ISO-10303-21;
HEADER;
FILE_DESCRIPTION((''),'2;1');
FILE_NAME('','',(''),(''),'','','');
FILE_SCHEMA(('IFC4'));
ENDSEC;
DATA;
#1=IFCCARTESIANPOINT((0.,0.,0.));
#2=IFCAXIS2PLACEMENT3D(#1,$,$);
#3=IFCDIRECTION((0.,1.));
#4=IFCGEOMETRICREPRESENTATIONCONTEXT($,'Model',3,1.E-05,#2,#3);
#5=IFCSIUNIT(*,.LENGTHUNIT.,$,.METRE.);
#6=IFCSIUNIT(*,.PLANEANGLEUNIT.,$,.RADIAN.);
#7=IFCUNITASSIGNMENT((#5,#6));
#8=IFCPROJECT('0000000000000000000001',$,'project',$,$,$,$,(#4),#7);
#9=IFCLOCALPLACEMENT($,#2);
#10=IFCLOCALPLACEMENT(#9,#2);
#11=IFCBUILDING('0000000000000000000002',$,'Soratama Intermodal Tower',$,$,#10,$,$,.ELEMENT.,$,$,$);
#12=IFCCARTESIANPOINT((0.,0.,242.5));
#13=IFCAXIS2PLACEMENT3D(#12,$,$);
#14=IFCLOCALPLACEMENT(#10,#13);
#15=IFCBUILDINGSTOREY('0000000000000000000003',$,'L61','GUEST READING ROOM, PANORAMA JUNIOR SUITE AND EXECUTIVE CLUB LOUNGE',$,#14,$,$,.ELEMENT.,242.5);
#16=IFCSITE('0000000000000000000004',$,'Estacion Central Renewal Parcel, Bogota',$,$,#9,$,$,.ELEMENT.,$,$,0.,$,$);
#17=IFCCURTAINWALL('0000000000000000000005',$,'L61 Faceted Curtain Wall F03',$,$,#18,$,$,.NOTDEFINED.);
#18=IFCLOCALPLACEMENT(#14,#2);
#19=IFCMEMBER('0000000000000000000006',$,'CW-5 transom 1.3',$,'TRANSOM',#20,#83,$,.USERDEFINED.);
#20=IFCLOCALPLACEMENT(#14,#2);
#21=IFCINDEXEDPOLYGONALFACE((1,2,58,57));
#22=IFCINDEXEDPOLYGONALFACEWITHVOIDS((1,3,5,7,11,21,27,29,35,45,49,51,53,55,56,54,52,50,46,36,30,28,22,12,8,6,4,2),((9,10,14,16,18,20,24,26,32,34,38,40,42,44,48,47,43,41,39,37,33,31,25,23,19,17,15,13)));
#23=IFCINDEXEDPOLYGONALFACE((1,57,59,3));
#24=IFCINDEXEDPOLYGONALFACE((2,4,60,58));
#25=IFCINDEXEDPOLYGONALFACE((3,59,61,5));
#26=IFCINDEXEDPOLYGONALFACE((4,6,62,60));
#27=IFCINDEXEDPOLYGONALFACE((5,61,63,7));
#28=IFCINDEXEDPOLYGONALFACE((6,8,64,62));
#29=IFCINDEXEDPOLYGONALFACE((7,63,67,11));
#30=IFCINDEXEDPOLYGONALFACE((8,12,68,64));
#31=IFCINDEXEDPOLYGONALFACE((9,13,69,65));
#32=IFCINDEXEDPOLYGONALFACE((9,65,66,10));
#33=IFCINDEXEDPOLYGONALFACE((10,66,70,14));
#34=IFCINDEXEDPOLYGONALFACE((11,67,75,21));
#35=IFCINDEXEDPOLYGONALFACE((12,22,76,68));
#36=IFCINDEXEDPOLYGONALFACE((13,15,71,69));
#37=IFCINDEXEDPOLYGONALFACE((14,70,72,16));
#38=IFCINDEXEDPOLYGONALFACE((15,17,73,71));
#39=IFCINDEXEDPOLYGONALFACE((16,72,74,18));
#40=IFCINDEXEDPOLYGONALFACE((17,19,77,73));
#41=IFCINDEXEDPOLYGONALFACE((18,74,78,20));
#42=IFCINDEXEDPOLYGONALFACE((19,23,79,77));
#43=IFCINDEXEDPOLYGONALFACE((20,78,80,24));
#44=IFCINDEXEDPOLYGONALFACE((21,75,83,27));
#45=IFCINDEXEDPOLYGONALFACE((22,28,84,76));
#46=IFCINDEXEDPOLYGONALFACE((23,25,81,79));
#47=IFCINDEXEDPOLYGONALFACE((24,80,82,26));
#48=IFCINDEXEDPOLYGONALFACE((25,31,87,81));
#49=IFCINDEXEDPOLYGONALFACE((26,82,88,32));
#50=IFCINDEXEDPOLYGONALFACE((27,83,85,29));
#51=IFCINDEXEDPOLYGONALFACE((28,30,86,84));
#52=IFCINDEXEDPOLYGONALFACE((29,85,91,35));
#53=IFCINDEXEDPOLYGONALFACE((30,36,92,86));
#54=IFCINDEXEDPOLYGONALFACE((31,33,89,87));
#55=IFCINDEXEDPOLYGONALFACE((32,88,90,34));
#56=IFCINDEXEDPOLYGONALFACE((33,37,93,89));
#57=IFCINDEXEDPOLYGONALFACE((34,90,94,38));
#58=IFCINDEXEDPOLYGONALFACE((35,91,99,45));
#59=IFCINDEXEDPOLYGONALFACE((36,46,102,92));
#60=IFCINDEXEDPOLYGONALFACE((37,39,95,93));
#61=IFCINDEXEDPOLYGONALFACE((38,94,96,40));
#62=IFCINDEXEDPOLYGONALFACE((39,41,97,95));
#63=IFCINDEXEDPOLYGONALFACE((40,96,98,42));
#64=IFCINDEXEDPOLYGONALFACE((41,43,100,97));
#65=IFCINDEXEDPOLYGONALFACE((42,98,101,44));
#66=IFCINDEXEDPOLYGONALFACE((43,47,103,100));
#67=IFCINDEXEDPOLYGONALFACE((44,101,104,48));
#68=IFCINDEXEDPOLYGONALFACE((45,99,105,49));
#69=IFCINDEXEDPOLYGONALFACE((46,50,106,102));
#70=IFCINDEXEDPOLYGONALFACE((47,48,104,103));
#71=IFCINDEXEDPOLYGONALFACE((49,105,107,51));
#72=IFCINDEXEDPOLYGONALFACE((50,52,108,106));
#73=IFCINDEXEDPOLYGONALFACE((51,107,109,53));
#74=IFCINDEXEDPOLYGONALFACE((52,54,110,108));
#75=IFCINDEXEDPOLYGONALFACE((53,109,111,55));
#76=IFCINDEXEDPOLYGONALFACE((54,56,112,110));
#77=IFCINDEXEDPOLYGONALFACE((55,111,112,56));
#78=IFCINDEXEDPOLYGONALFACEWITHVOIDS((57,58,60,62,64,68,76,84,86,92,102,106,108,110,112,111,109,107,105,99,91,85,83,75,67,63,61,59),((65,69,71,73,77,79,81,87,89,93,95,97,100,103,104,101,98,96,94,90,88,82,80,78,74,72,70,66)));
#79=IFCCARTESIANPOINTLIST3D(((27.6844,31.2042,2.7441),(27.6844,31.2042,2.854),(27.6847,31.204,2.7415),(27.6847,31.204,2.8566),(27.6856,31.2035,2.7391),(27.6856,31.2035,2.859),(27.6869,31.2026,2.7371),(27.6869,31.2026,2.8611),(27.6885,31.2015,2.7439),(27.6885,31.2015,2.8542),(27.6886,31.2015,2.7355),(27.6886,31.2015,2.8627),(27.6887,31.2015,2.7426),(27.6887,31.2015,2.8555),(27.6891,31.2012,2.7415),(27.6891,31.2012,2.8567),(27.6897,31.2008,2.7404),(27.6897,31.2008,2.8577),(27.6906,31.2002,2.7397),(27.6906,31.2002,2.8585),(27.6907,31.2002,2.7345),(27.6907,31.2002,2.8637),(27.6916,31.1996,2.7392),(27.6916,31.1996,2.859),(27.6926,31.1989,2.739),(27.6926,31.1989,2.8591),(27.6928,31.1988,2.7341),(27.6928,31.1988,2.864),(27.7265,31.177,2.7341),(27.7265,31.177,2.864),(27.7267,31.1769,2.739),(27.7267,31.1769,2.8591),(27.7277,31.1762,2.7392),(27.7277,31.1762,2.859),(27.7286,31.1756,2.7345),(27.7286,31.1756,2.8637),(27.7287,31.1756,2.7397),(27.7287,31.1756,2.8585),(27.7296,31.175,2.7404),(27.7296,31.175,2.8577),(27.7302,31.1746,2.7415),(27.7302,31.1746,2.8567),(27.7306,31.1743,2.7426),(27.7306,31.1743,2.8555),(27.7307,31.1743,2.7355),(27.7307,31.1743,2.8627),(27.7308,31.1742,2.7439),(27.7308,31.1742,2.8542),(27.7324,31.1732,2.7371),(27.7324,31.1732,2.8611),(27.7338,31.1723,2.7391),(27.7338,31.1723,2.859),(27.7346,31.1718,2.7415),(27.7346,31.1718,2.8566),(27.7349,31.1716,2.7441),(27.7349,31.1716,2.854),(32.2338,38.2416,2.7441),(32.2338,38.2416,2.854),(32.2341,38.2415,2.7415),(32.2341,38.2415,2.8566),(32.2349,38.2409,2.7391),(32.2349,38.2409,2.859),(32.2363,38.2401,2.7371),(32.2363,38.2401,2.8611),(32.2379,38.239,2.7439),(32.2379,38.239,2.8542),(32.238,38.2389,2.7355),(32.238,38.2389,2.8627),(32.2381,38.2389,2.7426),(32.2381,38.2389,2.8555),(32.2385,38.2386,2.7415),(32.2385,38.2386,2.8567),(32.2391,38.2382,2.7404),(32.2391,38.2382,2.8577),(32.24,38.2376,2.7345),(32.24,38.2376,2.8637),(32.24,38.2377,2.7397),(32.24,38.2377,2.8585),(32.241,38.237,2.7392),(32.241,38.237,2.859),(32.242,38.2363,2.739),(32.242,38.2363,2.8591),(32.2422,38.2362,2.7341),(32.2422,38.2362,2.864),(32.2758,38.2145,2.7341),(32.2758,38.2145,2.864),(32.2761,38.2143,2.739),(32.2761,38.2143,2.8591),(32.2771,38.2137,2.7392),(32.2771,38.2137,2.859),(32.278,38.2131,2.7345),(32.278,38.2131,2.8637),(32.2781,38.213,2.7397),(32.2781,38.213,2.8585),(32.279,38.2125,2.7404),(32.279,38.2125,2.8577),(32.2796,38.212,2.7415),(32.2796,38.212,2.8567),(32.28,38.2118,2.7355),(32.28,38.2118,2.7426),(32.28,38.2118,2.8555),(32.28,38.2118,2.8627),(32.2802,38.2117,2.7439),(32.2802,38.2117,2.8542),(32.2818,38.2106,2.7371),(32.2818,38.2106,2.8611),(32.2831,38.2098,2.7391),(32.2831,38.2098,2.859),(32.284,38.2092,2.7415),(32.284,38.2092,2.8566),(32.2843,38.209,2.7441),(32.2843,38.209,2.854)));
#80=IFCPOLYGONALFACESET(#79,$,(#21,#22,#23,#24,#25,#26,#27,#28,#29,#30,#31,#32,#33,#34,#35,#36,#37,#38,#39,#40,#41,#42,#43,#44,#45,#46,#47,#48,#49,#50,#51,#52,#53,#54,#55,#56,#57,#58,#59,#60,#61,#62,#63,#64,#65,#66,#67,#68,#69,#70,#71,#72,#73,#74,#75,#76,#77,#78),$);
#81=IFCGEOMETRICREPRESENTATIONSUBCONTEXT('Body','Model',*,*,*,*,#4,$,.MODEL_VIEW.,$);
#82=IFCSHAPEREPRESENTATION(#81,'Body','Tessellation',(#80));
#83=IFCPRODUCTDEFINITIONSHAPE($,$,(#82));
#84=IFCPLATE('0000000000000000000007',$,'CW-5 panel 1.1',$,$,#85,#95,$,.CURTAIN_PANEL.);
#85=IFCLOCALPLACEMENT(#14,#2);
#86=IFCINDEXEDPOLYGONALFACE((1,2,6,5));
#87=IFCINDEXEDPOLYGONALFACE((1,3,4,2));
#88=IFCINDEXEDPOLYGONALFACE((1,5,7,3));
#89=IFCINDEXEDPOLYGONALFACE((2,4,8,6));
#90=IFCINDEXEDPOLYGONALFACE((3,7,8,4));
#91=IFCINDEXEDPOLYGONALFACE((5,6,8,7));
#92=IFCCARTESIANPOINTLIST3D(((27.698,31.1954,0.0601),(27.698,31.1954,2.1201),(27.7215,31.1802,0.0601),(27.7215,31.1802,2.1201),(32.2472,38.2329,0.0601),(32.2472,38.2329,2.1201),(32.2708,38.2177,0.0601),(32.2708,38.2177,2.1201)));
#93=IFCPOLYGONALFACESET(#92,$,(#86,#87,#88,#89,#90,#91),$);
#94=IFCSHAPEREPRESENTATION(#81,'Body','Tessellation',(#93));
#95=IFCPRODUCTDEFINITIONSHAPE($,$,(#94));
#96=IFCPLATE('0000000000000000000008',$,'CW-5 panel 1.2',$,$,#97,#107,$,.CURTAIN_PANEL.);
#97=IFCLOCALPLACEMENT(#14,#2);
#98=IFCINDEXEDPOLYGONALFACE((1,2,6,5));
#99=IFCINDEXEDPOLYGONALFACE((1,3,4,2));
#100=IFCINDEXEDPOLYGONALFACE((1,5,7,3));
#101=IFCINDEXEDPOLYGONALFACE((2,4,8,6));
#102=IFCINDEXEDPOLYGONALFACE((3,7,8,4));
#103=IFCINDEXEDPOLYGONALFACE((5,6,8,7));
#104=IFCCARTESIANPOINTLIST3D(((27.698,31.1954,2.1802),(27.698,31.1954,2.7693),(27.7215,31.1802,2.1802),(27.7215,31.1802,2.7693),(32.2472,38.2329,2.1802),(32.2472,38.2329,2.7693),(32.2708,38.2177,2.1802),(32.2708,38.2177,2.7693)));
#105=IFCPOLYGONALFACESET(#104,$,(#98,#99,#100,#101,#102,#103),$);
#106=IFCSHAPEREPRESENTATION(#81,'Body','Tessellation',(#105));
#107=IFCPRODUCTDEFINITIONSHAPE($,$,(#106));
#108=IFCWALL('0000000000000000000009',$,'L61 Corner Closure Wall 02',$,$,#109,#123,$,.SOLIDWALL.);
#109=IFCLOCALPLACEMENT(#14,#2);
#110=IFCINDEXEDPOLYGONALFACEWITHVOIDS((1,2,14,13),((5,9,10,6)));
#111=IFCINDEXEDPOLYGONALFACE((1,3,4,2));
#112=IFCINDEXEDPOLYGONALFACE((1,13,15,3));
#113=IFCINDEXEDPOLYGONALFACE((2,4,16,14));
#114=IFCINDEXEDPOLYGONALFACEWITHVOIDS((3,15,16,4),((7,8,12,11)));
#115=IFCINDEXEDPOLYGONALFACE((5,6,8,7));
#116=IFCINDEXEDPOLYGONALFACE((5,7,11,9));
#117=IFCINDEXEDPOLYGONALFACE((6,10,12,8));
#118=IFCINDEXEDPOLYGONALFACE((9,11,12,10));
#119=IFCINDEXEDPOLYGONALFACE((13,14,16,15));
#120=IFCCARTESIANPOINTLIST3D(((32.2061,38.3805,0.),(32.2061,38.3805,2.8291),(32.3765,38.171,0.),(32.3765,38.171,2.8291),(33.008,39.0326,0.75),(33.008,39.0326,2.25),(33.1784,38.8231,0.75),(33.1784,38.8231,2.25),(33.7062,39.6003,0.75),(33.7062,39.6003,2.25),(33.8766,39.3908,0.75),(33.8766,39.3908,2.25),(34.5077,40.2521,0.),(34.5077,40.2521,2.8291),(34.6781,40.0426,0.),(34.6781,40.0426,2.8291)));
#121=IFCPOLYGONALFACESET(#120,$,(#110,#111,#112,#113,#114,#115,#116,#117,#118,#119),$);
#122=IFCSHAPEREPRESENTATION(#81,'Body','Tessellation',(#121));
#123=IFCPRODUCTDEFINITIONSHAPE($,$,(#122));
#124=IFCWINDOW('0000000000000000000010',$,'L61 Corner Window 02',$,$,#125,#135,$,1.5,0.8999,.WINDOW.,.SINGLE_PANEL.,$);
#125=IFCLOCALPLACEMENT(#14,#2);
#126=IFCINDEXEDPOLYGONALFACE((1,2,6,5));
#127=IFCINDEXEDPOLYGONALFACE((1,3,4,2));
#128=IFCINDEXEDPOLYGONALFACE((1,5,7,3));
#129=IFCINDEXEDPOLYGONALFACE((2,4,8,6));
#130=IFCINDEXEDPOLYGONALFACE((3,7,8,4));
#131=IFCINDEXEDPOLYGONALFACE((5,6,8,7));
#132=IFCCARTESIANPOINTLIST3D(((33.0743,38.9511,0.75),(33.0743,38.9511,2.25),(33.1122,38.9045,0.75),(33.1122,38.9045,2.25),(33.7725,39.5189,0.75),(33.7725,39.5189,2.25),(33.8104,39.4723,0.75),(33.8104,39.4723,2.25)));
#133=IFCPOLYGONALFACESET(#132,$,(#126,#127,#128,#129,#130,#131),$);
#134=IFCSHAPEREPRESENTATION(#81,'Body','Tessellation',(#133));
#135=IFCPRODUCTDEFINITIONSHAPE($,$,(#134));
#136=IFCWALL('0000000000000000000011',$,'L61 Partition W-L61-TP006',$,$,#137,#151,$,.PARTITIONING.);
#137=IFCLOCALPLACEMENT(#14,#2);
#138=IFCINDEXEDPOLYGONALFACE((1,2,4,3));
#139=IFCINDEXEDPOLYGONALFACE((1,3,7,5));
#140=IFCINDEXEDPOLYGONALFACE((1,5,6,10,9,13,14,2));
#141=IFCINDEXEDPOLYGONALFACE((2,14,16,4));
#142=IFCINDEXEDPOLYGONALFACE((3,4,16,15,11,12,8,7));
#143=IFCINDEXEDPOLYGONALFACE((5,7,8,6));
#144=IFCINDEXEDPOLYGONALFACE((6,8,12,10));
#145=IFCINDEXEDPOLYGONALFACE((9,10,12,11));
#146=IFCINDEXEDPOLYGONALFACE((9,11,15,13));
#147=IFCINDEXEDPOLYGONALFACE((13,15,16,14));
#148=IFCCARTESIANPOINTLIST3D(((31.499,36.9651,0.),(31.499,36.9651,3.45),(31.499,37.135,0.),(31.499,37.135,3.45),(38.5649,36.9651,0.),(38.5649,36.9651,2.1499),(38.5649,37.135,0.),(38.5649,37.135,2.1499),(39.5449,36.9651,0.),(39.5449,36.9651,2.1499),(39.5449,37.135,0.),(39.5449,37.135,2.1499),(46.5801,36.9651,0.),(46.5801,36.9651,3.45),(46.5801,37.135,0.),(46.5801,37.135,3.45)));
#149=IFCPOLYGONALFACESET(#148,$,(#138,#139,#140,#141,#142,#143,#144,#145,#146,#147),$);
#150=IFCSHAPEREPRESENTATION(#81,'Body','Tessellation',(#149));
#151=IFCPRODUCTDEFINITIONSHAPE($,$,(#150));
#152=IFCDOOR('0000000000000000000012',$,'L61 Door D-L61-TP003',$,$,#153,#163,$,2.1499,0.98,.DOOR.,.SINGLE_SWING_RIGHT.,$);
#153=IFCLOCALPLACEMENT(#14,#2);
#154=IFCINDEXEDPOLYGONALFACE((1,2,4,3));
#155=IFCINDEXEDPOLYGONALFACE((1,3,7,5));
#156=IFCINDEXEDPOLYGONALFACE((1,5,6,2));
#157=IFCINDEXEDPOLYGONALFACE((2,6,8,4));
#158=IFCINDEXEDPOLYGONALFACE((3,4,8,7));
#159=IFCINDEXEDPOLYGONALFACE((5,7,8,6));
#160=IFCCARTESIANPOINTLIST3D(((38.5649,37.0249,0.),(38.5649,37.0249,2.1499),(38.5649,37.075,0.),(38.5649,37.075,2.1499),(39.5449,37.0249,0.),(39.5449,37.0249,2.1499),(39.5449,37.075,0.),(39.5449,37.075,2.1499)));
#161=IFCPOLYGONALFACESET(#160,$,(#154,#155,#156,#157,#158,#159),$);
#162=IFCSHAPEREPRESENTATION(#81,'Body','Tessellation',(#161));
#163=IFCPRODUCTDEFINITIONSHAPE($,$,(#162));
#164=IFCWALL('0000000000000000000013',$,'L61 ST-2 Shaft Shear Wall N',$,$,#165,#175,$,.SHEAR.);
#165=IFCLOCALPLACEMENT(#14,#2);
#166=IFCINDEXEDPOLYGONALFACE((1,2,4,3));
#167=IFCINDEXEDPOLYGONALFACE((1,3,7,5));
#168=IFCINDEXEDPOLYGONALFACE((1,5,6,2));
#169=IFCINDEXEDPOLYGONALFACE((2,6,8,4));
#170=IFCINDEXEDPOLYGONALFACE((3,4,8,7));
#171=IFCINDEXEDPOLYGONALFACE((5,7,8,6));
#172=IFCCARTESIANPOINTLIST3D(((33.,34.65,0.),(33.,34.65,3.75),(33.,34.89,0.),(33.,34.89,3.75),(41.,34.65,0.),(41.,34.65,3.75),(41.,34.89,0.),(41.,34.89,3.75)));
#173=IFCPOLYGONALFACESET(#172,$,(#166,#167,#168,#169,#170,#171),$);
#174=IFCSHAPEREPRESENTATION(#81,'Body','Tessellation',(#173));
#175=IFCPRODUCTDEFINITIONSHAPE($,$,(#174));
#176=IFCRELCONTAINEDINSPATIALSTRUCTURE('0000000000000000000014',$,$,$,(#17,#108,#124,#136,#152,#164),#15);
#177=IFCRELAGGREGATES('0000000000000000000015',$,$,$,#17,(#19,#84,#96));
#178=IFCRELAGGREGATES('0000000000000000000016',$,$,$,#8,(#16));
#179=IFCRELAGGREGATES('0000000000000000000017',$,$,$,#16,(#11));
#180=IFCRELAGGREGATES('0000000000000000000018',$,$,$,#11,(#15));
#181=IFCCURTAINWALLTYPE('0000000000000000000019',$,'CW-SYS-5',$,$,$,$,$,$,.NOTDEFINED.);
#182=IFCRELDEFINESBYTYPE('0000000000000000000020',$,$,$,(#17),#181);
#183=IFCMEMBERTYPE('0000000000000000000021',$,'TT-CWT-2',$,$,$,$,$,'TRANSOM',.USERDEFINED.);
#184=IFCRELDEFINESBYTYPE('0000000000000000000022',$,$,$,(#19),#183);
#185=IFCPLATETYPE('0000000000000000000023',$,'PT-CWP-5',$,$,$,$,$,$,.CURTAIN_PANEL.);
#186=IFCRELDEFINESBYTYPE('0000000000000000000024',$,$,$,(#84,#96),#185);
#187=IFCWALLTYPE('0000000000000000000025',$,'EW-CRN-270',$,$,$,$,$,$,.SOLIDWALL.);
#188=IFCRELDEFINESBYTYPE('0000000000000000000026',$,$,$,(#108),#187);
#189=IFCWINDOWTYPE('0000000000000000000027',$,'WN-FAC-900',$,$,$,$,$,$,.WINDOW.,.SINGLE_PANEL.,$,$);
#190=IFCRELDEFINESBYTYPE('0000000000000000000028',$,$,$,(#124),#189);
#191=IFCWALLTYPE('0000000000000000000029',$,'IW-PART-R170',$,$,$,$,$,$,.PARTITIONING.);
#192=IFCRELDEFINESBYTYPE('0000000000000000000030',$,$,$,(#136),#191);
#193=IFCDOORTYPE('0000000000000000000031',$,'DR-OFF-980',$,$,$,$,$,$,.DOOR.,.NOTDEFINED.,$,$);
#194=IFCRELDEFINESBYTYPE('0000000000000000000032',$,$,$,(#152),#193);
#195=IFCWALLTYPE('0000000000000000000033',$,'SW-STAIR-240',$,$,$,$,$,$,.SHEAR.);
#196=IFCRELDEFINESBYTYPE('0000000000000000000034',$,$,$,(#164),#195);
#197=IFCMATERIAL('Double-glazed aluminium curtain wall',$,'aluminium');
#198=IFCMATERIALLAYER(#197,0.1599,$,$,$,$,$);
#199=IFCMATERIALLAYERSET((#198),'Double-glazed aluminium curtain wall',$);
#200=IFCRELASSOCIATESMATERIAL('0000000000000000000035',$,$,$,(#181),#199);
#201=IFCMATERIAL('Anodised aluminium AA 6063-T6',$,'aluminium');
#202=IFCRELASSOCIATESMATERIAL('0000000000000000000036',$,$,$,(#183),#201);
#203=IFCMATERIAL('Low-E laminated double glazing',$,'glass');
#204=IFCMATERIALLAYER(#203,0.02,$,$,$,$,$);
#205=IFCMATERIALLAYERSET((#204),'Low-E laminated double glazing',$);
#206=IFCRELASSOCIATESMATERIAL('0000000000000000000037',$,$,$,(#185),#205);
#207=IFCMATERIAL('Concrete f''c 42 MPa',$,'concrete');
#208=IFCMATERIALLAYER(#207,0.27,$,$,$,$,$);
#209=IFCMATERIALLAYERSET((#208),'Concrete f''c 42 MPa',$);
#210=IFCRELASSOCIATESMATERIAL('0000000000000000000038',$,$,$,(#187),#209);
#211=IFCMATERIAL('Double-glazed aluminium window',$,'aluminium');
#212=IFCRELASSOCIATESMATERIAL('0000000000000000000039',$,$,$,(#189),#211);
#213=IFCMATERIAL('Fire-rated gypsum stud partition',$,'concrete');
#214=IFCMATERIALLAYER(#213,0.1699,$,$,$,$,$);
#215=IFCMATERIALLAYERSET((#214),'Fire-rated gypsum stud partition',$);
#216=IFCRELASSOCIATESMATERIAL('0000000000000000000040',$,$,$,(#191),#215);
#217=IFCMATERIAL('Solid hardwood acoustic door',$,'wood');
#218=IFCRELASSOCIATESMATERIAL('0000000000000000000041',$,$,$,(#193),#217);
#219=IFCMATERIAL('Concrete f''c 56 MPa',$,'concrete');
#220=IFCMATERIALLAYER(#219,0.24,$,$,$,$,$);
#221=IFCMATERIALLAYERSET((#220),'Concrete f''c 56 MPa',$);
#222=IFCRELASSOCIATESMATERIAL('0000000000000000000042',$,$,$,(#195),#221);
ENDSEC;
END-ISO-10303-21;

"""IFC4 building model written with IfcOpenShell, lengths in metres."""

from ifc_helpers import new_model, si_unit, direction, frame, frame_2d, origin, origin_2d, place, context, subcontext, project, spatial, rectangle, hollow_rectangle, extrude, material, layer, layer_set, material_profile, profile_set, type_object, element, fill, aggregate, save


model = new_model("IFC4")

# Units and contexts
model_context = context("Model", 3, precision=1e-05, world=origin(), true_north=direction((0.0, 1.0)))
body_context = subcontext(model_context, "Body", "Model", "MODEL_VIEW")
ifc_project = project(units=[si_unit("LENGTHUNIT", "METRE"), si_unit("PLANEANGLEUNIT", "RADIAN")], contexts=[model_context])

# Site, building, storey
site_placement = place(None, origin())
site = spatial("IfcSite", under=ifc_project, at=site_placement, Name="Estacion Central Renewal Parcel, Bogota", CompositionType="ELEMENT", RefElevation=0.0)
building_placement = place(site_placement, origin())
building = spatial("IfcBuilding", under=site, at=building_placement, Name="Soratama Intermodal Tower", CompositionType="ELEMENT")
storey_placement = place(building_placement, frame((0.0, 0.0, 242.5)))
storey = spatial("IfcBuildingStorey", under=building, at=storey_placement, Name="L61", Description="GUEST READING ROOM, PANORAMA JUNIOR SUITE AND EXECUTIVE CLUB LOUNGE", CompositionType="ELEMENT", Elevation=242.5)

# Shared definitions
ifc_material_1 = material(Name="Double-glazed aluminium curtain wall", Category="aluminium")
ifc_layer_1 = layer(ifc_material_1, 0.1599)
ifc_layer_set_1 = layer_set([ifc_layer_1], Name="Double-glazed aluminium curtain wall")
curtain_wall_type = type_object("IfcCurtainWallType", Name="CW-SYS-5", PredefinedType="NOTDEFINED", material=ifc_layer_set_1)

# Curtain wall, member, plates
curtain_wall_1_placement = place(storey_placement, origin())
curtain_wall_1 = element("IfcCurtainWall", 1, at=curtain_wall_1_placement, inside=storey, type_object=curtain_wall_type, Name="L61 Faceted Curtain Wall F03", PredefinedType="NOTDEFINED")
ifc_material_2 = material(Name="Anodised aluminium AA 6063-T6", Category="aluminium")
ifc_material_profile_1 = material_profile(ifc_material_2, hollow_rectangle(XDim=0.0601, YDim=0.1299, WallThickness=0.0049, InnerFilletRadius=0.0049, OuterFilletRadius=0.01, at=origin_2d()), Name="CWT130X60X5")
ifc_profile_set_1 = profile_set([ifc_material_profile_1], Name="Anodised aluminium AA 6063-T6")
member_type_1 = type_object("IfcMemberType", Name="TT-CWT-2", ElementType="TRANSOM", PredefinedType="USERDEFINED", material=ifc_profile_set_1)
member_1_placement = place(storey_placement, frame((32.259, 38.2253, 2.7991), z_axis=(-0.542892, -0.839802, 0.0), x_axis=(0.839802, -0.542892, 0.0)))
member_1 = element("IfcMember", 2, at=member_1_placement, type_object=member_type_1, Name="CW-5 transom 1.3", ObjectType="TRANSOM", PredefinedType="USERDEFINED", context=body_context, shape_type="SweptSolid", body=[
    extrude(hollow_rectangle(XDim=0.0601, YDim=0.1299, WallThickness=0.0049, InnerFilletRadius=0.0049, OuterFilletRadius=0.01, at=origin_2d()), origin(), (0.0, 0.0, 1.0), 8.3799),
])
ifc_material_3 = material(Name="Low-E laminated double glazing", Category="glass")
ifc_layer_2 = layer(ifc_material_3, 0.02)
ifc_layer_set_2 = layer_set([ifc_layer_2], Name="Low-E laminated double glazing")
plate_type = type_object("IfcPlateType", Name="PT-CWP-5", PredefinedType="CURTAIN_PANEL", material=ifc_layer_set_2)
plate_1_placement = place(storey_placement, frame((29.9844, 34.7065, 0.0601), z_axis=(0.0, 0.0, 1.0), x_axis=(-0.542878, -0.839812, 0.0)))
plate_1 = element("IfcPlate", 3, at=plate_1_placement, type_object=plate_type, Name="CW-5 panel 1.1", PredefinedType="CURTAIN_PANEL", context=body_context, shape_type="SweptSolid", body=[
    extrude(rectangle(XDim=8.3799, YDim=0.0281, at=origin_2d()), origin(), (0.0, 0.0, 1.0), 2.0601),
])
plate_2_placement = place(storey_placement, frame((29.9844, 34.7065, 2.1802), z_axis=(0.0, 0.0, 1.0), x_axis=(-0.542878, -0.839812, 0.0)))
plate_2 = element("IfcPlate", 4, at=plate_2_placement, type_object=plate_type, Name="CW-5 panel 1.2", PredefinedType="CURTAIN_PANEL", context=body_context, shape_type="SweptSolid", body=[
    extrude(rectangle(XDim=8.3799, YDim=0.0281, at=origin_2d()), origin(), (0.0, 0.0, 1.0), 0.5891),
])
aggregate(curtain_wall_1, [member_1, plate_1, plate_2])

# Wall, opening, window
ifc_material_4 = material(Name="Concrete f'c 42 MPa", Category="concrete")
ifc_layer_3 = layer(ifc_material_4, 0.27)
ifc_layer_set_3 = layer_set([ifc_layer_3], Name="Concrete f'c 42 MPa")
wall_type_1 = type_object("IfcWallType", Name="EW-CRN-270", PredefinedType="SOLIDWALL", material=ifc_layer_set_3)
wall_1_placement = place(storey_placement, frame((34.593, 40.1475, 0.0), z_axis=(0.0, 0.0, 1.0), x_axis=(-0.77585, -0.630918, 0.0)))
wall_1 = element("IfcWall", 5, at=wall_1_placement, inside=storey, type_object=wall_type_1, Name="L61 Corner Closure Wall 02", PredefinedType="SOLIDWALL", context=body_context, shape_type="SweptSolid", body=[
    extrude(rectangle(XDim=2.9666, YDim=0.27, at=frame_2d((1.4834, 0.0))), origin(), (0.0, 0.0, 1.0), 2.8291),
])
opening_1_placement = place(wall_1_placement, frame((1.0332, 0.0, 0.75)))
opening_1 = element("IfcOpeningElement", 6, at=opening_1_placement, cuts=wall_1, PredefinedType="OPENING", context=body_context, shape_type="SweptSolid", body=[
    extrude(rectangle(XDim=0.8999, YDim=1.5, at=frame_2d((0.45, 0.75))), frame((0.0, 0.145, 0.0), z_axis=(0.0, -1.0, 0.0), x_axis=(1.0, 0.0, 0.0)), (0.0, 0.0, 1.0), 0.29),
])
ifc_material_5 = material(Name="Double-glazed aluminium window", Category="aluminium")
window_type = type_object("IfcWindowType", Name="WN-FAC-900", PartitioningType="SINGLE_PANEL", PredefinedType="WINDOW", material=ifc_material_5)
window_placement = place(opening_1_placement, origin())
window = element("IfcWindow", 7, at=window_placement, inside=storey, type_object=window_type, Name="L61 Corner Window 02", OverallHeight=1.5, OverallWidth=0.8999, PartitioningType="SINGLE_PANEL", PredefinedType="WINDOW", context=body_context, shape_type="SweptSolid", body=[
    extrude(rectangle(XDim=0.8999, YDim=1.5, at=frame_2d((0.45, 0.75))), frame((0.0, 0.03, 0.0), z_axis=(0.0, -1.0, 0.0), x_axis=(1.0, 0.0, 0.0)), (0.0, 0.0, 1.0), 0.0601),
])
fill(opening_1, window)

# Wall, opening, door
ifc_material_6 = material(Name="Fire-rated gypsum stud partition", Category="concrete")
ifc_layer_4 = layer(ifc_material_6, 0.1699)
ifc_layer_set_4 = layer_set([ifc_layer_4], Name="Fire-rated gypsum stud partition")
wall_type_2 = type_object("IfcWallType", Name="IW-PART-R170", PredefinedType="PARTITIONING", material=ifc_layer_set_4)
wall_2_placement = place(storey_placement, frame((31.499, 37.05, 0.0), z_axis=(0.0, 0.0, 1.0), x_axis=(1.0, 0.0, 0.0)))
wall_2 = element("IfcWall", 8, at=wall_2_placement, inside=storey, type_object=wall_type_2, Name="L61 Partition W-L61-TP006", PredefinedType="PARTITIONING", context=body_context, shape_type="SweptSolid", body=[
    extrude(rectangle(XDim=15.0811, YDim=0.1699, at=frame_2d((7.5405, 0.0))), origin(), (0.0, 0.0, 1.0), 3.45),
])
opening_2_placement = place(wall_2_placement, frame((7.0659, 0.0, 0.0)))
opening_2 = element("IfcOpeningElement", 9, at=opening_2_placement, cuts=wall_2, PredefinedType="OPENING", context=body_context, shape_type="SweptSolid", body=[
    extrude(rectangle(XDim=0.98, YDim=2.1499, at=frame_2d((0.49, 1.075))), frame((0.0, 0.095, 0.0), z_axis=(0.0, -1.0, 0.0), x_axis=(1.0, 0.0, 0.0)), (0.0, 0.0, 1.0), 0.1899),
])
ifc_material_7 = material(Name="Solid hardwood acoustic door", Category="wood")
door_type = type_object("IfcDoorType", Name="DR-OFF-980", OperationType="NOTDEFINED", PredefinedType="DOOR", material=ifc_material_7)
door_placement = place(opening_2_placement, origin())
door = element("IfcDoor", 10, at=door_placement, inside=storey, type_object=door_type, Name="L61 Door D-L61-TP003", OperationType="SINGLE_SWING_RIGHT", OverallHeight=2.1499, OverallWidth=0.98, PredefinedType="DOOR", context=body_context, shape_type="SweptSolid", body=[
    extrude(rectangle(XDim=0.98, YDim=2.1499, at=frame_2d((0.49, 1.075))), frame((0.0, 0.0249, 0.0), z_axis=(0.0, -1.0, 0.0), x_axis=(1.0, 0.0, 0.0)), (0.0, 0.0, 1.0), 0.05),
])
fill(opening_2, door)

# Wall
ifc_material_8 = material(Name="Concrete f'c 56 MPa", Category="concrete")
ifc_layer_5 = layer(ifc_material_8, 0.24)
ifc_layer_set_5 = layer_set([ifc_layer_5], Name="Concrete f'c 56 MPa")
wall_type_3 = type_object("IfcWallType", Name="SW-STAIR-240", PredefinedType="SHEAR", material=ifc_layer_set_5)
wall_3_placement = place(storey_placement, frame((33.0, 34.77, 0.0), z_axis=(0.0, 0.0, 1.0), x_axis=(1.0, 0.0, 0.0)))
element("IfcWall", 11, at=wall_3_placement, inside=storey, type_object=wall_type_3, Name="L61 ST-2 Shaft Shear Wall N", PredefinedType="SHEAR", context=body_context, shape_type="SweptSolid", body=[
    extrude(rectangle(XDim=8.0, YDim=0.24, at=frame_2d((4.0, 0.0))), origin(), (0.0, 0.0, 1.0), 3.75),
])

save(model, "model.ifc")
